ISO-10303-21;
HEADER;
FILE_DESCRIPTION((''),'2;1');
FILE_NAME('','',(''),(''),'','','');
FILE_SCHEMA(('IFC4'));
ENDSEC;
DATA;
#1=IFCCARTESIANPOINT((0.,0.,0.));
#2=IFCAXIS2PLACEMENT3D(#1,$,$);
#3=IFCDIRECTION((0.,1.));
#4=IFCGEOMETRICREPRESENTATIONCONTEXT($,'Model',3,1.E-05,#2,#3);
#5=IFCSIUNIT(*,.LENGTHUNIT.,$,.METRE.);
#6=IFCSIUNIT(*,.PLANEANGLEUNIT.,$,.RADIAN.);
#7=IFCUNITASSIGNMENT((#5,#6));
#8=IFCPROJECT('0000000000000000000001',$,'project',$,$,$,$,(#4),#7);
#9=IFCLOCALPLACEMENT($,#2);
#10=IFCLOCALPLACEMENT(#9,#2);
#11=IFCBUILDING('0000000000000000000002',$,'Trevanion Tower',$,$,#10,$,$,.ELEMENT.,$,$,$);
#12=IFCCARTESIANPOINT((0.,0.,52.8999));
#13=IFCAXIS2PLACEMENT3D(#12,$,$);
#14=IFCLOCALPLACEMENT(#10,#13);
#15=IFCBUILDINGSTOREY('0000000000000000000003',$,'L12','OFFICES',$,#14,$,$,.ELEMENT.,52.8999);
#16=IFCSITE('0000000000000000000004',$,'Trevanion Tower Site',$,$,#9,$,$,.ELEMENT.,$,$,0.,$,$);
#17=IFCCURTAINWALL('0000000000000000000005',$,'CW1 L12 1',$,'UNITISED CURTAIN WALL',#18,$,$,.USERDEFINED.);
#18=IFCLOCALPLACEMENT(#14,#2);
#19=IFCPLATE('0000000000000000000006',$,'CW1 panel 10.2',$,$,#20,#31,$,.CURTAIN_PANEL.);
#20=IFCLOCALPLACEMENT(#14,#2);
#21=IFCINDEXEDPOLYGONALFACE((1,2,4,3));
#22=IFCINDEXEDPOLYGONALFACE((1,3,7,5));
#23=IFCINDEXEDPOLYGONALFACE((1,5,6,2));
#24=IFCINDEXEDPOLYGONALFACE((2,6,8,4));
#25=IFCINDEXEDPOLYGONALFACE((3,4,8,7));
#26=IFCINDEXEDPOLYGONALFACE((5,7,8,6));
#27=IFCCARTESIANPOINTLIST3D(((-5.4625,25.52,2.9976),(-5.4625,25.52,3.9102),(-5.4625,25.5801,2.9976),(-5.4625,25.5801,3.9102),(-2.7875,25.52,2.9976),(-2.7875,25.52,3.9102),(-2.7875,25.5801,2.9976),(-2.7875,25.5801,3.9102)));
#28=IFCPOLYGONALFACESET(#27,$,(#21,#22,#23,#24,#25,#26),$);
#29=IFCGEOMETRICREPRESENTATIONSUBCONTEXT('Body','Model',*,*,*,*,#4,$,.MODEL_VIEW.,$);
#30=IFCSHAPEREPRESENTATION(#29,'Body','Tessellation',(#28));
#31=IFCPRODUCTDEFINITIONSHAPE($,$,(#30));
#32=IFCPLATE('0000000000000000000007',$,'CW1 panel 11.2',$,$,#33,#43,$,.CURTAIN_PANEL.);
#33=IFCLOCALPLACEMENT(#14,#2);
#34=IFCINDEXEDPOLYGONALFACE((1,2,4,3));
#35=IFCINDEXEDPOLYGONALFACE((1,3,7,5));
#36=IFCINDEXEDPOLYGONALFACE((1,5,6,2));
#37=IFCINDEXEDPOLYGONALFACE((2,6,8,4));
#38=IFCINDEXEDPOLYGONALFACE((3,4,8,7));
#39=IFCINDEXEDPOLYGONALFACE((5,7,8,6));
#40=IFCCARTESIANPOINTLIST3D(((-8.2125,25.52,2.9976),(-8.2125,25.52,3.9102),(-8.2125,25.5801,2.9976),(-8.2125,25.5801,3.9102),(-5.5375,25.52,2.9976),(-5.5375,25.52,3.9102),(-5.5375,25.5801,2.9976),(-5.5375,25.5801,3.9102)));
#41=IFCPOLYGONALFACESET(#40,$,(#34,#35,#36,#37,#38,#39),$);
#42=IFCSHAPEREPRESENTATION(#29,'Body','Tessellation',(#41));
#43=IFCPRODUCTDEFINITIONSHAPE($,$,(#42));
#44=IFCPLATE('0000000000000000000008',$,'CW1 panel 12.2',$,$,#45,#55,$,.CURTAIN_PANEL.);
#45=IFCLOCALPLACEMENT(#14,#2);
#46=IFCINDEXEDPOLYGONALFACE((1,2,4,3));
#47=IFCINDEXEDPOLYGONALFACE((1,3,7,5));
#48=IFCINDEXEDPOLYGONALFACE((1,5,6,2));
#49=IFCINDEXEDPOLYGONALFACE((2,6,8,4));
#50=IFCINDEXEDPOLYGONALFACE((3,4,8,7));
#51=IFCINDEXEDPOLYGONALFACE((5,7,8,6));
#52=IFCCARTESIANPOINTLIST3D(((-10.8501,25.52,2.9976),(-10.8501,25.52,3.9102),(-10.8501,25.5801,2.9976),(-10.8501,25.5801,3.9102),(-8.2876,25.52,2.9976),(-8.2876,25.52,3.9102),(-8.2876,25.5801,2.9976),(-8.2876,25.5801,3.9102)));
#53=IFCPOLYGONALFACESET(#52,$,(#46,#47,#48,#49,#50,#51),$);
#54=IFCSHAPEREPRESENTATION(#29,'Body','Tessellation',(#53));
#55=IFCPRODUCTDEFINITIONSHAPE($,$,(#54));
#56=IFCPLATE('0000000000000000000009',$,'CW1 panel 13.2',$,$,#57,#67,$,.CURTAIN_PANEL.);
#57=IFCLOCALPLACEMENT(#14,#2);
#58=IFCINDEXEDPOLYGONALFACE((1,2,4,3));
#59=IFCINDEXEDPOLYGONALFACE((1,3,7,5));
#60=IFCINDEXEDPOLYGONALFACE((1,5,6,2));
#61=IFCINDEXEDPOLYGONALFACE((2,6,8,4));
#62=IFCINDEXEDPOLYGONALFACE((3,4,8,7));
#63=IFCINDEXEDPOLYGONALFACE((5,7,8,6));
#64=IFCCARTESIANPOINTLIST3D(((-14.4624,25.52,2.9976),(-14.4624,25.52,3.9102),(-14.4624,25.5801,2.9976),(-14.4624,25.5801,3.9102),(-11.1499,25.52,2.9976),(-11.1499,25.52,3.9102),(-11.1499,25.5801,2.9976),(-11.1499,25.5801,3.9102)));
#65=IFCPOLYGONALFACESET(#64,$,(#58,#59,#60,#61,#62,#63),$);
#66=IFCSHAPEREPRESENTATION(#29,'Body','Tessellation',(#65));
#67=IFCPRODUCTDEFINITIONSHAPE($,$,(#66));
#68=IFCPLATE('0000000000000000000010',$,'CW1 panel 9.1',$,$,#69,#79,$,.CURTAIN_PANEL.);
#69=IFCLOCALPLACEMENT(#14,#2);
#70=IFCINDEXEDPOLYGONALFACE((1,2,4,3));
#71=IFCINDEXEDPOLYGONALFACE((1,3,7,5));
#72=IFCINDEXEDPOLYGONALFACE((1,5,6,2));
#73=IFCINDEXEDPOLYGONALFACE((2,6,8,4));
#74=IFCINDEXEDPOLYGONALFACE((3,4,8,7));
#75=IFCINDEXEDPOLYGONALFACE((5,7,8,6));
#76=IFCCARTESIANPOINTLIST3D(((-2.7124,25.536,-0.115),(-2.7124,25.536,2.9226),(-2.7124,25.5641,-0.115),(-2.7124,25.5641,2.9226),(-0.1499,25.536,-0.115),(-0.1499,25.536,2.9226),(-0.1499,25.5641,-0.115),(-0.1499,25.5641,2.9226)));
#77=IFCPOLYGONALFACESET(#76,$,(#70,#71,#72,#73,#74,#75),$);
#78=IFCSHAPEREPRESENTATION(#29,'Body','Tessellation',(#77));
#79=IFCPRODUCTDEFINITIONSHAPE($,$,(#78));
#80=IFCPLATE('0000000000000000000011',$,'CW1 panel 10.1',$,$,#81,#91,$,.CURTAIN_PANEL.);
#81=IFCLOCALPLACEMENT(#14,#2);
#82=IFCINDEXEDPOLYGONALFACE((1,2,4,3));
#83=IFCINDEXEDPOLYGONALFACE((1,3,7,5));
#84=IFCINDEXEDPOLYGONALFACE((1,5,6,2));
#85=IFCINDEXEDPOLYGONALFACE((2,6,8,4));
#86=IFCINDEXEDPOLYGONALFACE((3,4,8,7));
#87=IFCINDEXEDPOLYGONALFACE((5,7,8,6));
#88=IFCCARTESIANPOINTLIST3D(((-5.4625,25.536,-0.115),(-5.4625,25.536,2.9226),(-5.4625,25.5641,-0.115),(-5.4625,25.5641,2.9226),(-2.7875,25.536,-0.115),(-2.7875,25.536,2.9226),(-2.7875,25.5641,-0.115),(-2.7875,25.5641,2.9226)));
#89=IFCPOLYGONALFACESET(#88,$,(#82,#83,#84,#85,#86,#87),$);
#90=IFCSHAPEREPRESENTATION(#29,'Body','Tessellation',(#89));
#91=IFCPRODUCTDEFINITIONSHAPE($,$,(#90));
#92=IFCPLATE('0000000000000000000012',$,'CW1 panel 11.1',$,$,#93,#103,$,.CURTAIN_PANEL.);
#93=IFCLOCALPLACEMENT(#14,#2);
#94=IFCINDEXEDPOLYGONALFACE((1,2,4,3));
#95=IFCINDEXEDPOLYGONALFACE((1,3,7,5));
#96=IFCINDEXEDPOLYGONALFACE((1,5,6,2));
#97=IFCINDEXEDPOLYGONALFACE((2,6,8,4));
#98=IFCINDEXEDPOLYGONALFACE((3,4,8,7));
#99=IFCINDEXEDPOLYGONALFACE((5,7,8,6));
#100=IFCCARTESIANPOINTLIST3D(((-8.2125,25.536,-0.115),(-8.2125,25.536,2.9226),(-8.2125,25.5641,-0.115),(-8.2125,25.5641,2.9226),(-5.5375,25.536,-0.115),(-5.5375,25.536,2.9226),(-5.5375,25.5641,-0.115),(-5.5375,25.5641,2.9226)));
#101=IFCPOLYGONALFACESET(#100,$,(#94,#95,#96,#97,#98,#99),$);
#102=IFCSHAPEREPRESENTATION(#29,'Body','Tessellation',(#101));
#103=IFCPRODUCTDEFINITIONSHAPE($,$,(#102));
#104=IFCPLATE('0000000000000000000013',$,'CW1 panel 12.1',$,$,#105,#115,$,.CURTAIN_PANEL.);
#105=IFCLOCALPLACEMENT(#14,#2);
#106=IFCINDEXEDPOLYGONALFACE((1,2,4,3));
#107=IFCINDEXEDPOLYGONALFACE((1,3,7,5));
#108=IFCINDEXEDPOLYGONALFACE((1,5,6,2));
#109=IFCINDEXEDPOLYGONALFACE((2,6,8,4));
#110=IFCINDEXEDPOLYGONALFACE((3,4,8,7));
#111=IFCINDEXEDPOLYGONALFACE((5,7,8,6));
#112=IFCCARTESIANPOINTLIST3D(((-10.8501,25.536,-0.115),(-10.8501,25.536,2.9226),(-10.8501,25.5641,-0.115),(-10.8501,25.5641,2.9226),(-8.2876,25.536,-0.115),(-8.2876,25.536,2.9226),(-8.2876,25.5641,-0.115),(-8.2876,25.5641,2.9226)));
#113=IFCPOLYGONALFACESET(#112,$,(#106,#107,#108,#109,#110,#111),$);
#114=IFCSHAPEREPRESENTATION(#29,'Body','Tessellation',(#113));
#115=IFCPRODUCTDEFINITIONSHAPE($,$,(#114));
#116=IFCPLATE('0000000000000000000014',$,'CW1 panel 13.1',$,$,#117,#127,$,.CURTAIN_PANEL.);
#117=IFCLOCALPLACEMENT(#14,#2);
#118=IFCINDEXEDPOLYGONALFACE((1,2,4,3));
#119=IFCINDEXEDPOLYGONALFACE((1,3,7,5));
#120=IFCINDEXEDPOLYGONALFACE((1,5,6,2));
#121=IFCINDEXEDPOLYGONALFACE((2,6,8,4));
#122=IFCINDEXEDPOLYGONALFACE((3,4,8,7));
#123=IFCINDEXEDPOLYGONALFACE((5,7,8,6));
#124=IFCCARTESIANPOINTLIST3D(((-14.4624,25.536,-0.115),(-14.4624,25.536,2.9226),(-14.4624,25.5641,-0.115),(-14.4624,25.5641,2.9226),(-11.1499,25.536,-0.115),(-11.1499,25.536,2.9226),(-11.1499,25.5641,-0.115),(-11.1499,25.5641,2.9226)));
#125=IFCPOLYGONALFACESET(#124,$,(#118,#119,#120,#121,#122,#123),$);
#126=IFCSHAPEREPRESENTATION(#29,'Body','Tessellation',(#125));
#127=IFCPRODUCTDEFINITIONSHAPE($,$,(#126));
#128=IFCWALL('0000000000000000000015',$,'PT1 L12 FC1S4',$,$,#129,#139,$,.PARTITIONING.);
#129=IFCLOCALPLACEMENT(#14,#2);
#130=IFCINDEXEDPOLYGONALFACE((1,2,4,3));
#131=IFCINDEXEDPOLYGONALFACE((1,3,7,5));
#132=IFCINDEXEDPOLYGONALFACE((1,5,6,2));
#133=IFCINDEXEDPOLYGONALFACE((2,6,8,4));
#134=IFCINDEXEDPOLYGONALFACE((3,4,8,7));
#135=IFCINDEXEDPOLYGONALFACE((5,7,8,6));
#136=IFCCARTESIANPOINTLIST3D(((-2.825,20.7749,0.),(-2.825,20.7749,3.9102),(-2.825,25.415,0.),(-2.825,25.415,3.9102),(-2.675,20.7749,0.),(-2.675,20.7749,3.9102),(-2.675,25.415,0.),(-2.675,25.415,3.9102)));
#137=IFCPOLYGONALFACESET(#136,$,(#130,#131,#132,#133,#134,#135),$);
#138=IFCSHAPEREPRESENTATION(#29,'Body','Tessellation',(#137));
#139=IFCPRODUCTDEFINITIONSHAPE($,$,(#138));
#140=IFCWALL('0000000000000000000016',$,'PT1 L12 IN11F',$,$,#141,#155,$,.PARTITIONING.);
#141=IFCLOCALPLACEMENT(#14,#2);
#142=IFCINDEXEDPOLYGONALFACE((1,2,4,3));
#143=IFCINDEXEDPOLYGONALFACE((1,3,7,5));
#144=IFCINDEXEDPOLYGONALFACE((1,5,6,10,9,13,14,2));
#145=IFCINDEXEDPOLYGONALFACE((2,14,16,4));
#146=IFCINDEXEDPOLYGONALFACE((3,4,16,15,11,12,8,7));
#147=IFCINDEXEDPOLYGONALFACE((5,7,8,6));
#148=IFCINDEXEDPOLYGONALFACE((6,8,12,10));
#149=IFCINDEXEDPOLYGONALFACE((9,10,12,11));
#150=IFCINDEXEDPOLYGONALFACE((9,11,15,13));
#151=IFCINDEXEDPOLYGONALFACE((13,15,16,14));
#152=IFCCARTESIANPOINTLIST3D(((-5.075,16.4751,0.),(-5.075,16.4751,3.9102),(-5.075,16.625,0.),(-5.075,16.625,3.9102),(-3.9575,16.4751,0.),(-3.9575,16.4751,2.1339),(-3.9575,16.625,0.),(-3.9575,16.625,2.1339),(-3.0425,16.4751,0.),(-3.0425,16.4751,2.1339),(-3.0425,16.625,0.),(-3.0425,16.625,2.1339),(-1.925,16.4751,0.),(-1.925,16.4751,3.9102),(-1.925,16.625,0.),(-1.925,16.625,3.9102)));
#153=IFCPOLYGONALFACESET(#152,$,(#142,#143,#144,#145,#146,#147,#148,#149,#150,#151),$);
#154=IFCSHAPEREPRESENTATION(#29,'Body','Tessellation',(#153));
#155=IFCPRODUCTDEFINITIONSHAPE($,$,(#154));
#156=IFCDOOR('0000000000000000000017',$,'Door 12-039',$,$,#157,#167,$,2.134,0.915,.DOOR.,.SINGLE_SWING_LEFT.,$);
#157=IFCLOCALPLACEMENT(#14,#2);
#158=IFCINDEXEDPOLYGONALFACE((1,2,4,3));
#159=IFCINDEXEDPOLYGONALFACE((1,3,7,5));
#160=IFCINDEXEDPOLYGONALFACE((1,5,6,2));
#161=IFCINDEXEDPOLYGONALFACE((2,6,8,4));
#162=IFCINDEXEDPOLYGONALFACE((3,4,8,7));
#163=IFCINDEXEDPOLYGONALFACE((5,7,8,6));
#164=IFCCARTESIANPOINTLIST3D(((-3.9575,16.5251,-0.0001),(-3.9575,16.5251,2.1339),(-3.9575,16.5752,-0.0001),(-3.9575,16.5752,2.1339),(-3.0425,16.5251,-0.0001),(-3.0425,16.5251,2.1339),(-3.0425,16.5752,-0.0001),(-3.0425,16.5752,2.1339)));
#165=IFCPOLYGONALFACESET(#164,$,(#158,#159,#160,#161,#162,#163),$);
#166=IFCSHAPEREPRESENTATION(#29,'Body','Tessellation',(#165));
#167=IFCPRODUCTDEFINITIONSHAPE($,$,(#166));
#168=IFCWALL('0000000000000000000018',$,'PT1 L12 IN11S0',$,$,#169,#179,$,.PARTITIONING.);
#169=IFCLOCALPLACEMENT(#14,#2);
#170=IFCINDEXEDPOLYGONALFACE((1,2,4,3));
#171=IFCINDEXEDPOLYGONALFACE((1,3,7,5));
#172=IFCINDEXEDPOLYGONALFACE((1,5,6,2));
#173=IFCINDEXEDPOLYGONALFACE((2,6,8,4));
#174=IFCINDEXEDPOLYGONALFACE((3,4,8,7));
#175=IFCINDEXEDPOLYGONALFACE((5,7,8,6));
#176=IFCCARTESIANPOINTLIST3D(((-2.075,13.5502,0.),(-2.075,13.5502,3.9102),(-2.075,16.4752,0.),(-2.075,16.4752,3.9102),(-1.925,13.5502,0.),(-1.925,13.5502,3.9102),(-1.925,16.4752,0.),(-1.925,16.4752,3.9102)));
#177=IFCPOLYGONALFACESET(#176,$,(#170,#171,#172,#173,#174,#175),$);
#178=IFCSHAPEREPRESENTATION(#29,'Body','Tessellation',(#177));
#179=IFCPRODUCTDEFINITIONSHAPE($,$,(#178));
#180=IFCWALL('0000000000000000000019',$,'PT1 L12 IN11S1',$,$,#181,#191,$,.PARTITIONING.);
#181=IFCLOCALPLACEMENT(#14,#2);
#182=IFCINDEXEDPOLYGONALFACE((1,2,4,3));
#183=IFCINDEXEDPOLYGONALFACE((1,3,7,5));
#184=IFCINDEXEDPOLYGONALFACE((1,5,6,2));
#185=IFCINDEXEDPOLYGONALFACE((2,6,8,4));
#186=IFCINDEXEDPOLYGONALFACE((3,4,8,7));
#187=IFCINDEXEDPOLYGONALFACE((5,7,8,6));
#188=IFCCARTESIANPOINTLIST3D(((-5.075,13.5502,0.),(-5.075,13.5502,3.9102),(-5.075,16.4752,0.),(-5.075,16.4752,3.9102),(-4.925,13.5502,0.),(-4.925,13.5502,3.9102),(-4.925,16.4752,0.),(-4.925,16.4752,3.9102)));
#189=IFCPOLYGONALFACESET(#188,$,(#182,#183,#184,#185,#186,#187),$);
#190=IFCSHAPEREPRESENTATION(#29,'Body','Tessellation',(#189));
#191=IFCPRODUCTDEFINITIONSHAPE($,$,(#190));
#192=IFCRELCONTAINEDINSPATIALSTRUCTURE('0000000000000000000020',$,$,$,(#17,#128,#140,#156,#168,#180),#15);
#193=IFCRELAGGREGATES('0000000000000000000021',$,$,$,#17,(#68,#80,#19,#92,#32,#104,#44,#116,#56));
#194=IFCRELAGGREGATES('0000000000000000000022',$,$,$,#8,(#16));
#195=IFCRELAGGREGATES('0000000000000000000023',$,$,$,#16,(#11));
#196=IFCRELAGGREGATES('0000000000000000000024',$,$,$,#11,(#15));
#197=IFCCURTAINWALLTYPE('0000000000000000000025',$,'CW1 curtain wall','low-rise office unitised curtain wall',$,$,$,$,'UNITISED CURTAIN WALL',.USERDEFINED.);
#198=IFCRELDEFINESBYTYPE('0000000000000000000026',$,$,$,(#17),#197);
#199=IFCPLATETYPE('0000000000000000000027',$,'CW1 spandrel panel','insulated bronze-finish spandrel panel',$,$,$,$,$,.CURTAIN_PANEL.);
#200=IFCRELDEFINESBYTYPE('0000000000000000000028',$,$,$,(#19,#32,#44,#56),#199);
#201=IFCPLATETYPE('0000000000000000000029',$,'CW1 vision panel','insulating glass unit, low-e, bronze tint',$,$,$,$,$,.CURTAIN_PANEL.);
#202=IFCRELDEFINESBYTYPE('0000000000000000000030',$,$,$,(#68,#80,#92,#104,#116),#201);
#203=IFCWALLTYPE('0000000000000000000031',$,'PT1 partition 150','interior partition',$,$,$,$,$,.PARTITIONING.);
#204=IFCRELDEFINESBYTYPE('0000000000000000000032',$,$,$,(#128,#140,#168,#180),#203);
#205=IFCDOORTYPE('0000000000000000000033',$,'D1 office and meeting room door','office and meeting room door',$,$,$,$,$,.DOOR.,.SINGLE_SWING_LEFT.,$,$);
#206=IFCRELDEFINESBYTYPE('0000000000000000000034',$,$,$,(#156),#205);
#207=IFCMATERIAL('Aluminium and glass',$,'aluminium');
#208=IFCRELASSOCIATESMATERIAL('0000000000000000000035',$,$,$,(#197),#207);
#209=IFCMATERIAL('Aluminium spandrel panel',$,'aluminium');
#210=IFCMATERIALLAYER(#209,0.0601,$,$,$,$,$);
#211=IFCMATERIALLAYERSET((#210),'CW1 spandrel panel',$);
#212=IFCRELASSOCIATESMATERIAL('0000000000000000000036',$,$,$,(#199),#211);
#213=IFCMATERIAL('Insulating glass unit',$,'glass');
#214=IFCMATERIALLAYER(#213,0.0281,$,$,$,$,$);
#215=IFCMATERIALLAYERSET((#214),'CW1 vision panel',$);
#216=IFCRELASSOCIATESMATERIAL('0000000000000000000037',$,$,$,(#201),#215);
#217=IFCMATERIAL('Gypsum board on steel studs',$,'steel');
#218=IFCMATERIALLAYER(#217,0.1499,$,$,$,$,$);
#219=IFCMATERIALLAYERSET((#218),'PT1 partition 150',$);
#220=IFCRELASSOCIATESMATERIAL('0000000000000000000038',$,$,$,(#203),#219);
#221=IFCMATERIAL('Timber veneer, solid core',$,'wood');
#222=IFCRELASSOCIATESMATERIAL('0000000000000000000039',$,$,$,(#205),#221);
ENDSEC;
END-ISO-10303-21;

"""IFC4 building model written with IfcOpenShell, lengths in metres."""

from ifc_helpers import new_model, si_unit, direction, frame, frame_2d, origin, origin_2d, place, context, subcontext, project, spatial, rectangle, extrude, material, layer, layer_set, type_object, element, fill, aggregate, save


model = new_model("IFC4")

# Units and contexts
model_context = context("Model", 3, precision=1e-05, world=origin(), true_north=direction((0.0, 1.0)))
body_context = subcontext(model_context, "Body", "Model", "MODEL_VIEW")
ifc_project = project(units=[si_unit("LENGTHUNIT", "METRE"), si_unit("PLANEANGLEUNIT", "RADIAN")], contexts=[model_context])

# Site, building, storey
site_placement = place(None, origin())
site = spatial("IfcSite", under=ifc_project, at=site_placement, Name="Trevanion Tower Site", CompositionType="ELEMENT", RefElevation=0.0)
building_placement = place(site_placement, origin())
building = spatial("IfcBuilding", under=site, at=building_placement, Name="Trevanion Tower", CompositionType="ELEMENT")
storey_placement = place(building_placement, frame((0.0, 0.0, 52.8999)))
storey = spatial("IfcBuildingStorey", under=building, at=storey_placement, Name="L12", Description="OFFICES", CompositionType="ELEMENT", Elevation=52.8999)

# Curtain wall
ifc_material_1 = material(Name="Aluminium and glass", Category="aluminium")
curtain_wall_type = type_object("IfcCurtainWallType", Name="CW1 curtain wall", Description="low-rise office unitised curtain wall", ElementType="UNITISED CURTAIN WALL", PredefinedType="USERDEFINED", material=ifc_material_1)
curtain_wall_placement = place(storey_placement, origin())
curtain_wall = element("IfcCurtainWall", 1, at=curtain_wall_placement, inside=storey, type_object=curtain_wall_type, Name="CW1 L12 1", ObjectType="UNITISED CURTAIN WALL", PredefinedType="USERDEFINED")

# Plates
ifc_material_2 = material(Name="Aluminium spandrel panel", Category="aluminium")
ifc_layer_1 = layer(ifc_material_2, 0.0601)
ifc_layer_set_1 = layer_set([ifc_layer_1], Name="CW1 spandrel panel")
plate_type_1 = type_object("IfcPlateType", Name="CW1 spandrel panel", Description="insulated bronze-finish spandrel panel", PredefinedType="CURTAIN_PANEL", material=ifc_layer_set_1)
plate_1_placement = place(storey_placement, frame((-4.125, 25.55, 2.9976), z_axis=(0.0, 0.0, 1.0), x_axis=(-1.0, 0.0, 0.0)))
plate_1 = element("IfcPlate", 2, at=plate_1_placement, type_object=plate_type_1, Name="CW1 panel 10.2", PredefinedType="CURTAIN_PANEL", context=body_context, shape_type="SweptSolid", body=[
    extrude(rectangle(XDim=2.675, YDim=0.0601, at=origin_2d()), origin(), (0.0, 0.0, 1.0), 0.9126),
])
plate_2_placement = place(storey_placement, frame((-6.875, 25.55, 2.9976), z_axis=(0.0, 0.0, 1.0), x_axis=(-1.0, 0.0, 0.0)))
plate_2 = element("IfcPlate", 3, at=plate_2_placement, type_object=plate_type_1, Name="CW1 panel 11.2", PredefinedType="CURTAIN_PANEL", context=body_context, shape_type="SweptSolid", body=[
    extrude(rectangle(XDim=2.675, YDim=0.0601, at=origin_2d()), origin(), (0.0, 0.0, 1.0), 0.9126),
])
plate_3_placement = place(storey_placement, frame((-9.5688, 25.55, 2.9976), z_axis=(0.0, 0.0, 1.0), x_axis=(-1.0, 0.0, 0.0)))
plate_3 = element("IfcPlate", 4, at=plate_3_placement, type_object=plate_type_1, Name="CW1 panel 12.2", PredefinedType="CURTAIN_PANEL", context=body_context, shape_type="SweptSolid", body=[
    extrude(rectangle(XDim=2.5625, YDim=0.0601, at=origin_2d()), origin(), (0.0, 0.0, 1.0), 0.9126),
])
plate_4_placement = place(storey_placement, frame((-12.8062, 25.55, 2.9976), z_axis=(0.0, 0.0, 1.0), x_axis=(-1.0, 0.0, 0.0)))
plate_4 = element("IfcPlate", 5, at=plate_4_placement, type_object=plate_type_1, Name="CW1 panel 13.2", PredefinedType="CURTAIN_PANEL", context=body_context, shape_type="SweptSolid", body=[
    extrude(rectangle(XDim=3.3125, YDim=0.0601, at=origin_2d()), origin(), (0.0, 0.0, 1.0), 0.9126),
])
ifc_material_3 = material(Name="Insulating glass unit", Category="glass")
ifc_layer_2 = layer(ifc_material_3, 0.0281)
ifc_layer_set_2 = layer_set([ifc_layer_2], Name="CW1 vision panel")
plate_type_2 = type_object("IfcPlateType", Name="CW1 vision panel", Description="insulating glass unit, low-e, bronze tint", PredefinedType="CURTAIN_PANEL", material=ifc_layer_set_2)
plate_5_placement = place(storey_placement, frame((-1.4312, 25.55, -0.115), z_axis=(0.0, 0.0, 1.0), x_axis=(-1.0, 0.0, 0.0)))
plate_5 = element("IfcPlate", 6, at=plate_5_placement, type_object=plate_type_2, Name="CW1 panel 9.1", PredefinedType="CURTAIN_PANEL", context=body_context, shape_type="SweptSolid", body=[
    extrude(rectangle(XDim=2.5625, YDim=0.0281, at=origin_2d()), origin(), (0.0, 0.0, 1.0), 3.0376),
])
plate_6_placement = place(storey_placement, frame((-4.125, 25.55, -0.115), z_axis=(0.0, 0.0, 1.0), x_axis=(-1.0, 0.0, 0.0)))
plate_6 = element("IfcPlate", 7, at=plate_6_placement, type_object=plate_type_2, Name="CW1 panel 10.1", PredefinedType="CURTAIN_PANEL", context=body_context, shape_type="SweptSolid", body=[
    extrude(rectangle(XDim=2.675, YDim=0.0281, at=origin_2d()), origin(), (0.0, 0.0, 1.0), 3.0376),
])
plate_7_placement = place(storey_placement, frame((-6.875, 25.55, -0.115), z_axis=(0.0, 0.0, 1.0), x_axis=(-1.0, 0.0, 0.0)))
plate_7 = element("IfcPlate", 8, at=plate_7_placement, type_object=plate_type_2, Name="CW1 panel 11.1", PredefinedType="CURTAIN_PANEL", context=body_context, shape_type="SweptSolid", body=[
    extrude(rectangle(XDim=2.675, YDim=0.0281, at=origin_2d()), origin(), (0.0, 0.0, 1.0), 3.0376),
])
plate_8_placement = place(storey_placement, frame((-9.5688, 25.55, -0.115), z_axis=(0.0, 0.0, 1.0), x_axis=(-1.0, 0.0, 0.0)))
plate_8 = element("IfcPlate", 9, at=plate_8_placement, type_object=plate_type_2, Name="CW1 panel 12.1", PredefinedType="CURTAIN_PANEL", context=body_context, shape_type="SweptSolid", body=[
    extrude(rectangle(XDim=2.5625, YDim=0.0281, at=origin_2d()), origin(), (0.0, 0.0, 1.0), 3.0376),
])
plate_9_placement = place(storey_placement, frame((-12.8062, 25.55, -0.115), z_axis=(0.0, 0.0, 1.0), x_axis=(-1.0, 0.0, 0.0)))
plate_9 = element("IfcPlate", 10, at=plate_9_placement, type_object=plate_type_2, Name="CW1 panel 13.1", PredefinedType="CURTAIN_PANEL", context=body_context, shape_type="SweptSolid", body=[
    extrude(rectangle(XDim=3.3125, YDim=0.0281, at=origin_2d()), origin(), (0.0, 0.0, 1.0), 3.0376),
])
aggregate(curtain_wall, [plate_5, plate_6, plate_1, plate_7, plate_2, plate_8, plate_3, plate_9, plate_4])

# Wall
ifc_material_4 = material(Name="Gypsum board on steel studs", Category="steel")
ifc_layer_3 = layer(ifc_material_4, 0.1499)
ifc_layer_set_3 = layer_set([ifc_layer_3], Name="PT1 partition 150")
wall_type = type_object("IfcWallType", Name="PT1 partition 150", Description="interior partition", PredefinedType="PARTITIONING", material=ifc_layer_set_3)
wall_1_placement = place(storey_placement, frame((-2.75, 20.7749, 0.0), z_axis=(0.0, 0.0, 1.0), x_axis=(0.0, 1.0, 0.0)))
element("IfcWall", 11, at=wall_1_placement, inside=storey, type_object=wall_type, Name="PT1 L12 FC1S4", PredefinedType="PARTITIONING", context=body_context, shape_type="SweptSolid", body=[
    extrude(rectangle(XDim=4.6401, YDim=0.1499, at=frame_2d((2.3201, 0.0))), origin(), (0.0, 0.0, 1.0), 3.9102),
])

# Wall, opening, door
wall_2_placement = place(storey_placement, frame((-1.925, 16.55, 0.0), z_axis=(0.0, 0.0, 1.0), x_axis=(-1.0, 0.0, 0.0)))
wall_2 = element("IfcWall", 12, at=wall_2_placement, inside=storey, type_object=wall_type, Name="PT1 L12 IN11F", PredefinedType="PARTITIONING", context=body_context, shape_type="SweptSolid", body=[
    extrude(rectangle(XDim=3.1499, YDim=0.1499, at=frame_2d((1.575, 0.0))), origin(), (0.0, 0.0, 1.0), 3.9102),
])
opening_placement = place(wall_2_placement, frame((1.1174, 0.0, 0.0)))
opening = element("IfcOpeningElement", 13, at=opening_placement, cuts=wall_2, PredefinedType="OPENING", context=body_context, shape_type="SweptSolid", body=[
    extrude(rectangle(XDim=0.915, YDim=2.134, at=frame_2d((0.4575, 1.0669))), frame((0.0, 0.085, 0.0), z_axis=(0.0, -1.0, 0.0), x_axis=(1.0, 0.0, 0.0)), (0.0, 0.0, 1.0), 0.1699),
])
ifc_material_5 = material(Name="Timber veneer, solid core", Category="wood")
door_type = type_object("IfcDoorType", Name="D1 office and meeting room door", Description="office and meeting room door", OperationType="SINGLE_SWING_LEFT", PredefinedType="DOOR", material=ifc_material_5)
door_placement = place(opening_placement, origin())
door = element("IfcDoor", 14, at=door_placement, inside=storey, type_object=door_type, Name="Door 12-039", OperationType="SINGLE_SWING_LEFT", OverallHeight=2.134, OverallWidth=0.915, PredefinedType="DOOR", context=body_context, shape_type="SweptSolid", body=[
    extrude(rectangle(XDim=0.915, YDim=2.134, at=frame_2d((0.4575, 1.0669))), frame((0.0, 0.0249, 0.0), z_axis=(0.0, -1.0, 0.0), x_axis=(1.0, 0.0, 0.0)), (0.0, 0.0, 1.0), 0.05),
])
fill(opening, door)

# Walls
for number, where, z_axis, x_axis, name in (
    (15, (-2.0, 16.4751, 0.0), (0.0, 0.0, 1.0), (0.0, -1.0, 0.0), "PT1 L12 IN11S0"),
    (16, (-5.0, 16.4751, 0.0), (0.0, 0.0, 1.0), (0.0, -1.0, 0.0), "PT1 L12 IN11S1"),
):
    element("IfcWall", number, at=place(storey_placement, frame(where, z_axis=z_axis, x_axis=x_axis)), inside=storey, type_object=wall_type, Name=name, PredefinedType="PARTITIONING", context=body_context, shape_type="SweptSolid", body=[
        extrude(rectangle(XDim=2.925, YDim=0.1499, at=frame_2d((1.4624, 0.0))), origin(), (0.0, 0.0, 1.0), 3.9102),
    ])

save(model, "model.ifc")
